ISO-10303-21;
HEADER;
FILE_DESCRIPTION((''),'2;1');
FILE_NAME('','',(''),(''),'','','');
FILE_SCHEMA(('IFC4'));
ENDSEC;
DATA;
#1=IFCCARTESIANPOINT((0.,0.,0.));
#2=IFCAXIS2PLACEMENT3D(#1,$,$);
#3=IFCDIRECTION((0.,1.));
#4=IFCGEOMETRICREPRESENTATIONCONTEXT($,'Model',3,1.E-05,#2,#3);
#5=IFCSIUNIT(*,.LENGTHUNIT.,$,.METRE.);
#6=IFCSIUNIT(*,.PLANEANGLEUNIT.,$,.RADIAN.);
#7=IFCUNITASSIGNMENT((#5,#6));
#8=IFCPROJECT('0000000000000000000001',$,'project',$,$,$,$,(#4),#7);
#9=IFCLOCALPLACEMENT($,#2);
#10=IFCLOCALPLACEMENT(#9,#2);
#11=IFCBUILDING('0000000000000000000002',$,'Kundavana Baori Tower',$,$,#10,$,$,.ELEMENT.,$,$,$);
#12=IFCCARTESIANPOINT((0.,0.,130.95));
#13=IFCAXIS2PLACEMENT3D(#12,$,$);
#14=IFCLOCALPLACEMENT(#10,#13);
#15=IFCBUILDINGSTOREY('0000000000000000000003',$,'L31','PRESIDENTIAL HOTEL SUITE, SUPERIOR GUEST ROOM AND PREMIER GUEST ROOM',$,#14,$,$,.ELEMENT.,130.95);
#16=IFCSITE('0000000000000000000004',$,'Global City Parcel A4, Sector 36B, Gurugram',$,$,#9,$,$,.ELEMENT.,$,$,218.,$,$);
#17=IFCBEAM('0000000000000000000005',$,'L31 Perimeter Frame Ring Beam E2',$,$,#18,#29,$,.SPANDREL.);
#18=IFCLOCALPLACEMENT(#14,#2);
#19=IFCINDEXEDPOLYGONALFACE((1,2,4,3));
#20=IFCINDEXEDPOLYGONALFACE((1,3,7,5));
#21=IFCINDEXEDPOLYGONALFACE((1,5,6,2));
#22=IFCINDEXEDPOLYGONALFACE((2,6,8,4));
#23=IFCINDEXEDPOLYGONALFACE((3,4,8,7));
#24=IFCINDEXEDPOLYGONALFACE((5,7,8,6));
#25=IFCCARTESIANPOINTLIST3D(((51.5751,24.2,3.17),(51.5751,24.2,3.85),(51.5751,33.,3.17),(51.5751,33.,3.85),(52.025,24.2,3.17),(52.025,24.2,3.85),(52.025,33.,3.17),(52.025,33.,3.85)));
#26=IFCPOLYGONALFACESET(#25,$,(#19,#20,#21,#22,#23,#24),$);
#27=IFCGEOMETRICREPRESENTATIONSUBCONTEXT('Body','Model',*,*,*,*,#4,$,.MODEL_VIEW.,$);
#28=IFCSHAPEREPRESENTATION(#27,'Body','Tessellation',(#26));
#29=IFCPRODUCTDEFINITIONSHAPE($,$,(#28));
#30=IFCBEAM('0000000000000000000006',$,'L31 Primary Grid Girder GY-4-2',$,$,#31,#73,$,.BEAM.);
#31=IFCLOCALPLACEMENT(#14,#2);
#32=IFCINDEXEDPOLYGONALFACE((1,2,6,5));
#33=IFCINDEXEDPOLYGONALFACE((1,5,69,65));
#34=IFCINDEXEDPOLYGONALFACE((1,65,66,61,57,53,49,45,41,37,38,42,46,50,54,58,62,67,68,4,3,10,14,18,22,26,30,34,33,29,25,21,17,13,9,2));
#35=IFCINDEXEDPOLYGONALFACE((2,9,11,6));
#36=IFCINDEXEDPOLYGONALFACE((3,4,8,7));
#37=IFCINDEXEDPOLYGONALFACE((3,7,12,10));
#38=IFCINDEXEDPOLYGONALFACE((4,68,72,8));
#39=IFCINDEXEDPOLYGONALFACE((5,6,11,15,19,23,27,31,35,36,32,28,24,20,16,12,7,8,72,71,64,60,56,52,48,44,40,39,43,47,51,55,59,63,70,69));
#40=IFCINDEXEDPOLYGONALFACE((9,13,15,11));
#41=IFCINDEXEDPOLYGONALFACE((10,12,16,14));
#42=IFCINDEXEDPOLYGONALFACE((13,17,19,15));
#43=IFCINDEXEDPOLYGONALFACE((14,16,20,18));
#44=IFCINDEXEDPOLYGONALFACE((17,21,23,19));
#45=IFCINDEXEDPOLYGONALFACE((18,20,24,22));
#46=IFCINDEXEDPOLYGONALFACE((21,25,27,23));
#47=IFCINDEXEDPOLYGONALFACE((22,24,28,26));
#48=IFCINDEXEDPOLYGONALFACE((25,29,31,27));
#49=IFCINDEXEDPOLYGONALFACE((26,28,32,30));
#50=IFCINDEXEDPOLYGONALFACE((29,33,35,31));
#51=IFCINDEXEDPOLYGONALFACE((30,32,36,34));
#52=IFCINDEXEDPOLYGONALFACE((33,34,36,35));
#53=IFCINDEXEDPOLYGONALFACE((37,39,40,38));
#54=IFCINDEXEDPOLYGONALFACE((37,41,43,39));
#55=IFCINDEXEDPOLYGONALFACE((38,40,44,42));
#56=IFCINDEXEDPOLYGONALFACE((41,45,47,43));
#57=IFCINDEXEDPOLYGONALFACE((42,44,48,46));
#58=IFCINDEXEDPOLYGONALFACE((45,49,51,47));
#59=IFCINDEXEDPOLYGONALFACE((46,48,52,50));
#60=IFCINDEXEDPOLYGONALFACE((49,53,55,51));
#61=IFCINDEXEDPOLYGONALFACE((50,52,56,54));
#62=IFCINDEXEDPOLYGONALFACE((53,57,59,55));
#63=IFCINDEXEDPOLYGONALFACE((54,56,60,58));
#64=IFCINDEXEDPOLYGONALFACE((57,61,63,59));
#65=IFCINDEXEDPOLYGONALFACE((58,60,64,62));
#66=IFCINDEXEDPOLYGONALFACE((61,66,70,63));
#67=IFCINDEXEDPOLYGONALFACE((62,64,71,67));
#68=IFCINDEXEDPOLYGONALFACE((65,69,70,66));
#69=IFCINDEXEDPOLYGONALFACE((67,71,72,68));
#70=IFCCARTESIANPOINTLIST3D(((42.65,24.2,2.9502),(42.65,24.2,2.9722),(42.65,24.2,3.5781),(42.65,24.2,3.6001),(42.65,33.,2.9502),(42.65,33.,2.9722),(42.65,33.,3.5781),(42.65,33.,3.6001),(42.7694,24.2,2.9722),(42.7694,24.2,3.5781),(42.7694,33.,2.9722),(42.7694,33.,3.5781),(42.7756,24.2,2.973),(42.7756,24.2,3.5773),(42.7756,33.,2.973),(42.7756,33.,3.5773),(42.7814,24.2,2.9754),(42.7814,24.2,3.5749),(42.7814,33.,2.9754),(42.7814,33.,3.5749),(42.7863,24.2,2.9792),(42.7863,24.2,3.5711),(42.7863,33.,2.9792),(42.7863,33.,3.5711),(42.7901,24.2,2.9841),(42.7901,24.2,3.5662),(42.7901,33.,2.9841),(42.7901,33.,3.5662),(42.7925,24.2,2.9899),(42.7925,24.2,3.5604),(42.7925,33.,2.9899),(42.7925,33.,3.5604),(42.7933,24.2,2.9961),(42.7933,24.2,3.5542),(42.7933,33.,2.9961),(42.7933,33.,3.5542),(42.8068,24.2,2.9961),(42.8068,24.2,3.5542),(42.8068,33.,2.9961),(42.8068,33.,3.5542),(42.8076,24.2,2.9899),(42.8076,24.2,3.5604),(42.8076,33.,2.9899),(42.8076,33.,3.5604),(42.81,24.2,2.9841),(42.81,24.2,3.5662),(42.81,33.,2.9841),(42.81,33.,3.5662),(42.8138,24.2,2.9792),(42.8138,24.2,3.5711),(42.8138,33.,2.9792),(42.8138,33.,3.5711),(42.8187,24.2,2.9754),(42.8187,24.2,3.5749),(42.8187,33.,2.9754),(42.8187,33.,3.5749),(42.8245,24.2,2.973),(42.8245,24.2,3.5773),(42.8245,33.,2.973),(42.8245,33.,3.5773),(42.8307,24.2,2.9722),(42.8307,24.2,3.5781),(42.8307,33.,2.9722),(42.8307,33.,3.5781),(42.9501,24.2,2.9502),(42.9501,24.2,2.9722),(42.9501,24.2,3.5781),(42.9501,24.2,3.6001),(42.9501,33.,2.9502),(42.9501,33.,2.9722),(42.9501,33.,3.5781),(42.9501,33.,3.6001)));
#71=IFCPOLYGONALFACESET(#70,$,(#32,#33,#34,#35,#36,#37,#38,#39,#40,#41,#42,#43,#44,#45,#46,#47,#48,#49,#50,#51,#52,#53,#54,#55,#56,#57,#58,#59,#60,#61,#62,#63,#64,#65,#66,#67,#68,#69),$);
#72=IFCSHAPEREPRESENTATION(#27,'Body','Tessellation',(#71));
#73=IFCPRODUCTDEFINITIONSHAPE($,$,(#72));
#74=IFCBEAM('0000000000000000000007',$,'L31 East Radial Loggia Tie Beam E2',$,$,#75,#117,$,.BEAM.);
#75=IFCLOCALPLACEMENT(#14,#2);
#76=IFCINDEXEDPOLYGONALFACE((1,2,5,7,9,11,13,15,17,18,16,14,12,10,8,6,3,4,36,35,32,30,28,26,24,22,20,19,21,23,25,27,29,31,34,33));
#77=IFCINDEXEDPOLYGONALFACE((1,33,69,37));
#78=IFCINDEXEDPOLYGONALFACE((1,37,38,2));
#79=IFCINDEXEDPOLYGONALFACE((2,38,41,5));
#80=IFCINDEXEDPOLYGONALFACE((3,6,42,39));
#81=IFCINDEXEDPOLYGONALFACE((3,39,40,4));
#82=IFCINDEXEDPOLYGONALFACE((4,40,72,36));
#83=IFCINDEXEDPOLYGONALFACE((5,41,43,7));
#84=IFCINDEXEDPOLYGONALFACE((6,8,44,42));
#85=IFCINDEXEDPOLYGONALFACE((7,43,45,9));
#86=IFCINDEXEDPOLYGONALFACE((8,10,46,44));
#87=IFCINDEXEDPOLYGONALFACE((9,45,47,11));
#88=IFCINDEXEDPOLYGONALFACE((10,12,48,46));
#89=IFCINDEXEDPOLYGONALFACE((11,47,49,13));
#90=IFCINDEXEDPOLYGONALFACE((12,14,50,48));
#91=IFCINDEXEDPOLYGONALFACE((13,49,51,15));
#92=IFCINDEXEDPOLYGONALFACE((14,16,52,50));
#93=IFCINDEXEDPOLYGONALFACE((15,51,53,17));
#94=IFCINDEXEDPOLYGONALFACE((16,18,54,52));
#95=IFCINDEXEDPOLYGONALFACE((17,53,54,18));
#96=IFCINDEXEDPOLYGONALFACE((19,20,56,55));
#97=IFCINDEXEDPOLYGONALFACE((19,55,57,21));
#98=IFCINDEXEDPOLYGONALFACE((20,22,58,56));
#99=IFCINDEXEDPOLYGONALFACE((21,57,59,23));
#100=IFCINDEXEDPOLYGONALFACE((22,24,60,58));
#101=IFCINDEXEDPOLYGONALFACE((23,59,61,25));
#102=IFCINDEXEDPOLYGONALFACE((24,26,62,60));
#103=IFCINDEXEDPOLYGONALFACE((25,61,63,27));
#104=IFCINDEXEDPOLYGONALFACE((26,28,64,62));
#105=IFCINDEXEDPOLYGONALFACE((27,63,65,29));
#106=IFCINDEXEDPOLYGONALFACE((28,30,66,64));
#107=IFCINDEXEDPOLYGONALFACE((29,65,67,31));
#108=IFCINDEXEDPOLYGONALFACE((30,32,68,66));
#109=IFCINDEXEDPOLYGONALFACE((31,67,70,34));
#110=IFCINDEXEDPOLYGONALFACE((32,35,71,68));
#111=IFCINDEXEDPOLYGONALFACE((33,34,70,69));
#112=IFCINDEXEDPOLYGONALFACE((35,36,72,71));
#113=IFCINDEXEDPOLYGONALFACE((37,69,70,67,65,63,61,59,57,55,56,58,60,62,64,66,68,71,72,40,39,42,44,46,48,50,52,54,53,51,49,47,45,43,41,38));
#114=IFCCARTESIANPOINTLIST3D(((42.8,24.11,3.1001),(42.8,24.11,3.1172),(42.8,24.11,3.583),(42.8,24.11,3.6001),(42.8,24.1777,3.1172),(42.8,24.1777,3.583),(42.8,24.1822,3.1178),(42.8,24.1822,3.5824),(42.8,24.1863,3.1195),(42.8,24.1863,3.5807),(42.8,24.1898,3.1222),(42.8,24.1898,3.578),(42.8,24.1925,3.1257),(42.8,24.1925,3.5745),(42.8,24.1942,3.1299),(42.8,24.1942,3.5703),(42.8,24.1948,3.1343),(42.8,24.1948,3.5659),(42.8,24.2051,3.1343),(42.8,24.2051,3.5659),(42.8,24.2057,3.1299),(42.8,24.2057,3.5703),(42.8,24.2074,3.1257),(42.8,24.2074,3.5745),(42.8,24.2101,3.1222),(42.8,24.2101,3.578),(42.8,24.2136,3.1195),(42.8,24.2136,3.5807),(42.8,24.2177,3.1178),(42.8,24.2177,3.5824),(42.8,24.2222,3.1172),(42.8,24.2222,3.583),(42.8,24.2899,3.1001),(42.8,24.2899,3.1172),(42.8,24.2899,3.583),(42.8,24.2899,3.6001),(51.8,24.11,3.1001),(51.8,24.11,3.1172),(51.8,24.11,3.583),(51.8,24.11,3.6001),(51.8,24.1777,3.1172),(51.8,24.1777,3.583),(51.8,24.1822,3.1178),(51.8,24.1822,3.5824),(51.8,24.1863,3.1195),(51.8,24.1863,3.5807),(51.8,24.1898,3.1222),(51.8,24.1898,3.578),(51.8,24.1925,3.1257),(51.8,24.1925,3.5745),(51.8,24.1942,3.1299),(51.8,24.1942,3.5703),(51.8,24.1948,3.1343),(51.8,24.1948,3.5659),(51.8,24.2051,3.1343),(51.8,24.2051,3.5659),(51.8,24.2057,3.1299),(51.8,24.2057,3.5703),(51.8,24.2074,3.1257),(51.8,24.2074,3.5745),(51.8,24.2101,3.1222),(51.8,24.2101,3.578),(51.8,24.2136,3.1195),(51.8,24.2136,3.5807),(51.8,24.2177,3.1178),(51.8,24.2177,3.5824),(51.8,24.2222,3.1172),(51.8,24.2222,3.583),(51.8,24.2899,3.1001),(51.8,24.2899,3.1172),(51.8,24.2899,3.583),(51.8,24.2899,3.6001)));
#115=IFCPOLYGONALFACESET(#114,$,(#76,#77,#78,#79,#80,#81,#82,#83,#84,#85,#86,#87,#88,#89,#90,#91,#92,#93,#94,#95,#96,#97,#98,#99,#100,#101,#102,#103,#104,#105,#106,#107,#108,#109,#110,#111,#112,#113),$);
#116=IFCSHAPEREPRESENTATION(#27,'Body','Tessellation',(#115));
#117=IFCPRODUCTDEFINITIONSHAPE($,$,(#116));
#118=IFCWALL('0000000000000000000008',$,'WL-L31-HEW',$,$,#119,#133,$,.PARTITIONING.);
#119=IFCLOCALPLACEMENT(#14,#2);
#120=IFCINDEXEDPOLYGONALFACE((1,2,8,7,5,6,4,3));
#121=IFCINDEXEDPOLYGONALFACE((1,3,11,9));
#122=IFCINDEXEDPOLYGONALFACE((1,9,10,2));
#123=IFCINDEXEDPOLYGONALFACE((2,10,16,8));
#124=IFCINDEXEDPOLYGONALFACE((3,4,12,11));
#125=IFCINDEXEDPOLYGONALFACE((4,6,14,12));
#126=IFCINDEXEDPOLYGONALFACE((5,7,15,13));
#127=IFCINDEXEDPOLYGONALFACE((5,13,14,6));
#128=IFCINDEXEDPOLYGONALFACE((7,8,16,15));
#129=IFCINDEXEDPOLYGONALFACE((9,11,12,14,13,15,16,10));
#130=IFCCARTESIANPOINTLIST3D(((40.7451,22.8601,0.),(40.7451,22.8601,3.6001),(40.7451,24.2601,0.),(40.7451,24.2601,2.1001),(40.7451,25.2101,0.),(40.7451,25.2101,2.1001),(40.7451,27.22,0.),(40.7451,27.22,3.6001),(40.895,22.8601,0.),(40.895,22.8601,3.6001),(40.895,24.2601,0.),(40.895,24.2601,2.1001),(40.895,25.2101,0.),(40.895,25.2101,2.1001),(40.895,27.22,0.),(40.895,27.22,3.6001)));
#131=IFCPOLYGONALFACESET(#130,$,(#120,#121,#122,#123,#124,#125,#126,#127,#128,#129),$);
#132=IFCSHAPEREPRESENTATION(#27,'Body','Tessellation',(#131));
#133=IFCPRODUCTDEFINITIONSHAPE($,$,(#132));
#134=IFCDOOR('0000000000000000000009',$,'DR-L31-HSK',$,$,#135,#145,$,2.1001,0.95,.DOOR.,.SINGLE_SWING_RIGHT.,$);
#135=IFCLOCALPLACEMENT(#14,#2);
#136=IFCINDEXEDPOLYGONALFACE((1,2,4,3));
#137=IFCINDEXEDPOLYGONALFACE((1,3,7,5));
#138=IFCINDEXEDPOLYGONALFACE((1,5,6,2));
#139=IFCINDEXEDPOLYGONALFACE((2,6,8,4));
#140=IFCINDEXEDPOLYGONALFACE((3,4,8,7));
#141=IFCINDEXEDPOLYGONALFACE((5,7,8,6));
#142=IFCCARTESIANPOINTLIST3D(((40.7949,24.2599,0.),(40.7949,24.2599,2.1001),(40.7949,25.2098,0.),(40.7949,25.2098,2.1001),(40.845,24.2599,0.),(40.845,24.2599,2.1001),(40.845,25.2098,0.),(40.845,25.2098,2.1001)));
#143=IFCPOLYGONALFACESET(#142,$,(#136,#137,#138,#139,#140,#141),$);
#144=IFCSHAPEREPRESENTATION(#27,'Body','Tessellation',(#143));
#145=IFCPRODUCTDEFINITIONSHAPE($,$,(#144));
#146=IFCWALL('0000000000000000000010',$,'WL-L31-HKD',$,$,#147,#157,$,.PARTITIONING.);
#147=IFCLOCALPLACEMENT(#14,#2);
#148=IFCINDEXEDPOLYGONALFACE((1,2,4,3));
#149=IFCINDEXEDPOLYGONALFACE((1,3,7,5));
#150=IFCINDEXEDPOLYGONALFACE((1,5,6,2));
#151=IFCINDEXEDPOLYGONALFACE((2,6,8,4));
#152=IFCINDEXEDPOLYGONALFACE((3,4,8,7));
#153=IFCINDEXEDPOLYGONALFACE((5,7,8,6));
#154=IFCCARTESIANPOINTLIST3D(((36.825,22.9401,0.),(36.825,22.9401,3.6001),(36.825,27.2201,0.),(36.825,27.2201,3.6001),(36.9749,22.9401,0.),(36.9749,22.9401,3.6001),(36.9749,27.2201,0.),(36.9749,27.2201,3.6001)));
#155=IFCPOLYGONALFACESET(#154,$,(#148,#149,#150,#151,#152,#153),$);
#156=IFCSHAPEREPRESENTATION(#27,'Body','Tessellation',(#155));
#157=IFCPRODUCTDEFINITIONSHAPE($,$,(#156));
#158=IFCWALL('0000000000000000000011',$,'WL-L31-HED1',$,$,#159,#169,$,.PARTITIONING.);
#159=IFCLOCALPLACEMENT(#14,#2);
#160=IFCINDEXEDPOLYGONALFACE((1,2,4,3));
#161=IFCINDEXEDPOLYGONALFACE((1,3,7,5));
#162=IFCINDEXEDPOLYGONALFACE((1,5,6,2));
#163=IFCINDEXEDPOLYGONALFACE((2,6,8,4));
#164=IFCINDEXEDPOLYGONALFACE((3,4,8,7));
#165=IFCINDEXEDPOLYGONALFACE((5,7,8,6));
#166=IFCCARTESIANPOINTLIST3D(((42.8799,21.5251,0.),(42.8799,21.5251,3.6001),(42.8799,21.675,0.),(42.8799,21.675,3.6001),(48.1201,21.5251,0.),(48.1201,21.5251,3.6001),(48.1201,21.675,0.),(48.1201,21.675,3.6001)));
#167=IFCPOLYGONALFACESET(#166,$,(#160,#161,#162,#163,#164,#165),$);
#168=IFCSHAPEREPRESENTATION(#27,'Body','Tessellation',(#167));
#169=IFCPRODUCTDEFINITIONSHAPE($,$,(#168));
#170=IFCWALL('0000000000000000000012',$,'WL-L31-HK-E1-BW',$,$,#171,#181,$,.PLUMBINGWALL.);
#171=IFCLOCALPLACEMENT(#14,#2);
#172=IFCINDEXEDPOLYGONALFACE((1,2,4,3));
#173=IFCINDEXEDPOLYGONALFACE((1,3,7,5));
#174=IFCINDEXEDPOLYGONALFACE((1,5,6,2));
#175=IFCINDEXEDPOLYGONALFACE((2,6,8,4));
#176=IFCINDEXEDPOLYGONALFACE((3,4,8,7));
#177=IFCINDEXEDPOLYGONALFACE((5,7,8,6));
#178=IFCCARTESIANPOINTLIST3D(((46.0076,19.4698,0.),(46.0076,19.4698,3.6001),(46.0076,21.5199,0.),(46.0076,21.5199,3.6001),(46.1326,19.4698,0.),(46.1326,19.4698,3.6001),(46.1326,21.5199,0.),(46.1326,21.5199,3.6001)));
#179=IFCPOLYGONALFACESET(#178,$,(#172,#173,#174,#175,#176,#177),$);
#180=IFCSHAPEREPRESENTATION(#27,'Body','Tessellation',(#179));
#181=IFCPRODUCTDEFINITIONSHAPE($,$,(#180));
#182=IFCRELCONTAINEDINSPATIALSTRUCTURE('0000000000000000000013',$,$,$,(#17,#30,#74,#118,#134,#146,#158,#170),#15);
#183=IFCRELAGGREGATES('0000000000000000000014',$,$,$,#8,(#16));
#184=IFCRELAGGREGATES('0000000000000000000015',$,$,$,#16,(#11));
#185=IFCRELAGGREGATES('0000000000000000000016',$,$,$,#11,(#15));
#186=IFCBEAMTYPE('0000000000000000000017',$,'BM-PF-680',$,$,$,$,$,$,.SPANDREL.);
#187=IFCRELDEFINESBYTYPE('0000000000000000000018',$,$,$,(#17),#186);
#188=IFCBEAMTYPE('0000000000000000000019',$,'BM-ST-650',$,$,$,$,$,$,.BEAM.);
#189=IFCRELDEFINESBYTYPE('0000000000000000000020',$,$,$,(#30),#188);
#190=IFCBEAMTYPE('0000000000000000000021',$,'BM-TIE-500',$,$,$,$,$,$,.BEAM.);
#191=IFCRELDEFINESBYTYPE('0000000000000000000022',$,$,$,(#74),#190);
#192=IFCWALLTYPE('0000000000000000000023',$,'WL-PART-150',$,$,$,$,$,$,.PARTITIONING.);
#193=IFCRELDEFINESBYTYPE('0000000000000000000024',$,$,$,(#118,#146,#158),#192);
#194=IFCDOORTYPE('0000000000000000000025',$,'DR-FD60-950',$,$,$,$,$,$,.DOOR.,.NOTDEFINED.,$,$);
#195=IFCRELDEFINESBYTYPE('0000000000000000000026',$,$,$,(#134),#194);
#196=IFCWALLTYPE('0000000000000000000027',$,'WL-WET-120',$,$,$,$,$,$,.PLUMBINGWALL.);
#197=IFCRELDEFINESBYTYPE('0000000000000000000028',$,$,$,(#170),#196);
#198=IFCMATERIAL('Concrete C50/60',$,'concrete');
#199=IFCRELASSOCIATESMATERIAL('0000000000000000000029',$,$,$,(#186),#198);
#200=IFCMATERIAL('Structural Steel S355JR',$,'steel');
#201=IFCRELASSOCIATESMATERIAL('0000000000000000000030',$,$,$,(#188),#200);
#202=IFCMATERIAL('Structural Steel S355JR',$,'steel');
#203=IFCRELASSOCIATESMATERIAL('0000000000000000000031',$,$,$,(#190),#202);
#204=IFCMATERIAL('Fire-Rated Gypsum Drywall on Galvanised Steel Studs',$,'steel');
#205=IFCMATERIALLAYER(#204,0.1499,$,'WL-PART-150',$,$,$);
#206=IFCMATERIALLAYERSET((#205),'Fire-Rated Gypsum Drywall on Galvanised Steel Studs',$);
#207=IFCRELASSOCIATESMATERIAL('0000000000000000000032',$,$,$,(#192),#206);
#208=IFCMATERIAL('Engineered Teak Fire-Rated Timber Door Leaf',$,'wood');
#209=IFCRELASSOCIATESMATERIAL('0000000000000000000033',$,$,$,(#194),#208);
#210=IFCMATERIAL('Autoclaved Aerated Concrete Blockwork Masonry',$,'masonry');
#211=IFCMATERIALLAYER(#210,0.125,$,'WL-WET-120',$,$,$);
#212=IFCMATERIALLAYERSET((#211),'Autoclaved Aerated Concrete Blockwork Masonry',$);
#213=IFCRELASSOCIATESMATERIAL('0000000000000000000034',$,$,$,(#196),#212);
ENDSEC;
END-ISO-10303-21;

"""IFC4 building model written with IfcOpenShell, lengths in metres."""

from ifc_helpers import new_model, si_unit, direction, frame, frame_2d, origin, origin_2d, place, context, subcontext, project, spatial, rectangle, i_section, extrude, material, layer, layer_set, material_profile, profile_set, type_object, element, fill, save


model = new_model("IFC4")

# Units and contexts
model_context = context("Model", 3, precision=1e-05, world=origin(), true_north=direction((0.0, 1.0)))
body_context = subcontext(model_context, "Body", "Model", "MODEL_VIEW")
ifc_project = project(units=[si_unit("LENGTHUNIT", "METRE"), si_unit("PLANEANGLEUNIT", "RADIAN")], contexts=[model_context])

# Site, building, storey
site_placement = place(None, origin())
site = spatial("IfcSite", under=ifc_project, at=site_placement, Name="Global City Parcel A4, Sector 36B, Gurugram", CompositionType="ELEMENT", RefElevation=218.0)
building_placement = place(site_placement, origin())
building = spatial("IfcBuilding", under=site, at=building_placement, Name="Kundavana Baori Tower", CompositionType="ELEMENT")
storey_placement = place(building_placement, frame((0.0, 0.0, 130.95)))
storey = spatial("IfcBuildingStorey", under=building, at=storey_placement, Name="L31", Description="PRESIDENTIAL HOTEL SUITE, SUPERIOR GUEST ROOM AND PREMIER GUEST ROOM", CompositionType="ELEMENT", Elevation=130.95)

# Beams
ifc_material_1 = material(Name="Concrete C50/60", Category="concrete")
ifc_material_profile_1 = material_profile(ifc_material_1, rectangle(XDim=0.45, YDim=0.6799, at=origin_2d()), Name="RC BM 450x680")
ifc_profile_set_1 = profile_set([ifc_material_profile_1], Name="Concrete C50/60")
beam_type_1 = type_object("IfcBeamType", Name="BM-PF-680", PredefinedType="SPANDREL", material=ifc_profile_set_1)
beam_1_placement = place(storey_placement, frame((51.8, 24.2, 3.51), z_axis=(0.0, 1.0, 0.0), x_axis=(-1.0, 0.0, 0.0)))
element("IfcBeam", 1, at=beam_1_placement, inside=storey, type_object=beam_type_1, Name="L31 Perimeter Frame Ring Beam E2", PredefinedType="SPANDREL", context=body_context, shape_type="SweptSolid", body=[
    extrude(rectangle(XDim=0.45, YDim=0.6799, at=origin_2d()), origin(), (0.0, 0.0, 1.0), 8.8),
])
ifc_material_2 = material(Name="Structural Steel S355JR", Category="steel")
ifc_material_profile_2 = material_profile(ifc_material_2, i_section(OverallWidth=0.3, OverallDepth=0.6499, WebThickness=0.0134, FlangeThickness=0.022, FilletRadius=0.0239, at=origin_2d()), Name="NPB 650x300x155")
ifc_profile_set_2 = profile_set([ifc_material_profile_2], Name="Structural Steel S355JR")
beam_type_2 = type_object("IfcBeamType", Name="BM-ST-650", PredefinedType="BEAM", material=ifc_profile_set_2)
beam_2_placement = place(storey_placement, frame((42.8, 24.2, 3.2751), z_axis=(0.0, 1.0, 0.0), x_axis=(-1.0, 0.0, 0.0)))
element("IfcBeam", 2, at=beam_2_placement, inside=storey, type_object=beam_type_2, Name="L31 Primary Grid Girder GY-4-2", PredefinedType="BEAM", context=body_context, shape_type="SweptSolid", body=[
    extrude(i_section(OverallWidth=0.3, OverallDepth=0.6499, WebThickness=0.0134, FlangeThickness=0.022, FilletRadius=0.0239, at=origin_2d()), origin(), (0.0, 0.0, 1.0), 8.8),
])
ifc_material_3 = material(Name="Structural Steel S355JR", Category="steel")
ifc_material_profile_3 = material_profile(ifc_material_3, i_section(OverallWidth=0.1799, OverallDepth=0.5, WebThickness=0.0103, FlangeThickness=0.0171, FilletRadius=0.0171, at=origin_2d()), Name="ISMB 500")
ifc_profile_set_3 = profile_set([ifc_material_profile_3], Name="Structural Steel S355JR")
beam_type_3 = type_object("IfcBeamType", Name="BM-TIE-500", PredefinedType="BEAM", material=ifc_profile_set_3)
beam_3_placement = place(storey_placement, frame((42.8, 24.2, 3.3501), z_axis=(1.0, 0.0, 0.0), x_axis=(0.0, 1.0, 0.0)))
element("IfcBeam", 3, at=beam_3_placement, inside=storey, type_object=beam_type_3, Name="L31 East Radial Loggia Tie Beam E2", PredefinedType="BEAM", context=body_context, shape_type="SweptSolid", body=[
    extrude(i_section(OverallWidth=0.1799, OverallDepth=0.5, WebThickness=0.0103, FlangeThickness=0.0171, FilletRadius=0.0171, at=origin_2d()), origin(), (0.0, 0.0, 1.0), 9.0),
])

# Wall, opening, door
ifc_material_4 = material(Name="Fire-Rated Gypsum Drywall on Galvanised Steel Studs", Category="steel")
ifc_layer_1 = layer(ifc_material_4, 0.1499, Name="WL-PART-150")
ifc_layer_set_1 = layer_set([ifc_layer_1], Name="Fire-Rated Gypsum Drywall on Galvanised Steel Studs")
wall_type_1 = type_object("IfcWallType", Name="WL-PART-150", PredefinedType="PARTITIONING", material=ifc_layer_set_1)
wall_1_placement = place(storey_placement, frame((40.8201, 22.8601, 0.0), z_axis=(0.0, 0.0, 1.0), x_axis=(0.0, 1.0, 0.0)))
wall_1 = element("IfcWall", 4, at=wall_1_placement, inside=storey, type_object=wall_type_1, Name="WL-L31-HEW", PredefinedType="PARTITIONING", context=body_context, shape_type="SweptSolid", body=[
    extrude(rectangle(XDim=4.3599, YDim=0.1499, at=frame_2d((2.1799, 0.0))), origin(), (0.0, 0.0, 1.0), 3.6001),
])
opening_1_placement = place(wall_1_placement, frame((1.3999, 0.0, 0.0)))
opening_1 = element("IfcOpeningElement", 5, at=opening_1_placement, cuts=wall_1, PredefinedType="OPENING", context=body_context, shape_type="SweptSolid", body=[
    extrude(rectangle(XDim=0.95, YDim=2.1001, at=frame_2d((0.4751, 1.05))), frame((0.0, 0.085, 0.0), z_axis=(0.0, -1.0, 0.0), x_axis=(1.0, 0.0, 0.0)), (0.0, 0.0, 1.0), 0.1699),
])
ifc_material_5 = material(Name="Engineered Teak Fire-Rated Timber Door Leaf", Category="wood")
door_type_1 = type_object("IfcDoorType", Name="DR-FD60-950", OperationType="NOTDEFINED", PredefinedType="DOOR", material=ifc_material_5)
door_1_placement = place(opening_1_placement, frame((0.95, 0.0, 0.0), z_axis=(0.0, 0.0, 1.0), x_axis=(-1.0, 0.0, 0.0)))
door_1 = element("IfcDoor", 6, at=door_1_placement, inside=storey, type_object=door_type_1, Name="DR-L31-HSK", OperationType="SINGLE_SWING_RIGHT", OverallHeight=2.1001, OverallWidth=0.95, PredefinedType="DOOR", context=body_context, shape_type="SweptSolid", body=[
    extrude(rectangle(XDim=0.95, YDim=2.1001, at=frame_2d((0.4751, 1.05))), frame((0.0, 0.0249, 0.0), z_axis=(0.0, -1.0, 0.0), x_axis=(1.0, 0.0, 0.0)), (0.0, 0.0, 1.0), 0.05),
])
fill(opening_1, door_1)

# Walls
wall_2_placement = place(storey_placement, frame((36.8999, 22.9399, 0.0), z_axis=(0.0, 0.0, 1.0), x_axis=(0.0, 1.0, 0.0)))
element("IfcWall", 7, at=wall_2_placement, inside=storey, type_object=wall_type_1, Name="WL-L31-HKD", PredefinedType="PARTITIONING", context=body_context, shape_type="SweptSolid", body=[
    extrude(rectangle(XDim=4.28, YDim=0.1499, at=frame_2d((2.1401, 0.0))), origin(), (0.0, 0.0, 1.0), 3.6001),
])
wall_3_placement = place(storey_placement, frame((42.8799, 21.6001, 0.0), z_axis=(0.0, 0.0, 1.0), x_axis=(1.0, 0.0, 0.0)))
element("IfcWall", 8, at=wall_3_placement, inside=storey, type_object=wall_type_1, Name="WL-L31-HED1", PredefinedType="PARTITIONING", context=body_context, shape_type="SweptSolid", body=[
    extrude(rectangle(XDim=5.2402, YDim=0.1499, at=frame_2d((2.6201, 0.0))), origin(), (0.0, 0.0, 1.0), 3.6001),
])
ifc_material_6 = material(Name="Autoclaved Aerated Concrete Blockwork Masonry", Category="masonry")
ifc_layer_2 = layer(ifc_material_6, 0.125, Name="WL-WET-120")
ifc_layer_set_2 = layer_set([ifc_layer_2], Name="Autoclaved Aerated Concrete Blockwork Masonry")
wall_type_2 = type_object("IfcWallType", Name="WL-WET-120", PredefinedType="PLUMBINGWALL", material=ifc_layer_set_2)
wall_4_placement = place(storey_placement, frame((46.0701, 19.47, 0.0), z_axis=(0.0, 0.0, 1.0), x_axis=(0.0, 1.0, 0.0)))
element("IfcWall", 9, at=wall_4_placement, inside=storey, type_object=wall_type_2, Name="WL-L31-HK-E1-BW", PredefinedType="PLUMBINGWALL", context=body_context, shape_type="SweptSolid", body=[
    extrude(rectangle(XDim=2.05, YDim=0.125, at=frame_2d((1.0249, 0.0))), origin(), (0.0, 0.0, 1.0), 3.6001),
])

save(model, "model.ifc")
